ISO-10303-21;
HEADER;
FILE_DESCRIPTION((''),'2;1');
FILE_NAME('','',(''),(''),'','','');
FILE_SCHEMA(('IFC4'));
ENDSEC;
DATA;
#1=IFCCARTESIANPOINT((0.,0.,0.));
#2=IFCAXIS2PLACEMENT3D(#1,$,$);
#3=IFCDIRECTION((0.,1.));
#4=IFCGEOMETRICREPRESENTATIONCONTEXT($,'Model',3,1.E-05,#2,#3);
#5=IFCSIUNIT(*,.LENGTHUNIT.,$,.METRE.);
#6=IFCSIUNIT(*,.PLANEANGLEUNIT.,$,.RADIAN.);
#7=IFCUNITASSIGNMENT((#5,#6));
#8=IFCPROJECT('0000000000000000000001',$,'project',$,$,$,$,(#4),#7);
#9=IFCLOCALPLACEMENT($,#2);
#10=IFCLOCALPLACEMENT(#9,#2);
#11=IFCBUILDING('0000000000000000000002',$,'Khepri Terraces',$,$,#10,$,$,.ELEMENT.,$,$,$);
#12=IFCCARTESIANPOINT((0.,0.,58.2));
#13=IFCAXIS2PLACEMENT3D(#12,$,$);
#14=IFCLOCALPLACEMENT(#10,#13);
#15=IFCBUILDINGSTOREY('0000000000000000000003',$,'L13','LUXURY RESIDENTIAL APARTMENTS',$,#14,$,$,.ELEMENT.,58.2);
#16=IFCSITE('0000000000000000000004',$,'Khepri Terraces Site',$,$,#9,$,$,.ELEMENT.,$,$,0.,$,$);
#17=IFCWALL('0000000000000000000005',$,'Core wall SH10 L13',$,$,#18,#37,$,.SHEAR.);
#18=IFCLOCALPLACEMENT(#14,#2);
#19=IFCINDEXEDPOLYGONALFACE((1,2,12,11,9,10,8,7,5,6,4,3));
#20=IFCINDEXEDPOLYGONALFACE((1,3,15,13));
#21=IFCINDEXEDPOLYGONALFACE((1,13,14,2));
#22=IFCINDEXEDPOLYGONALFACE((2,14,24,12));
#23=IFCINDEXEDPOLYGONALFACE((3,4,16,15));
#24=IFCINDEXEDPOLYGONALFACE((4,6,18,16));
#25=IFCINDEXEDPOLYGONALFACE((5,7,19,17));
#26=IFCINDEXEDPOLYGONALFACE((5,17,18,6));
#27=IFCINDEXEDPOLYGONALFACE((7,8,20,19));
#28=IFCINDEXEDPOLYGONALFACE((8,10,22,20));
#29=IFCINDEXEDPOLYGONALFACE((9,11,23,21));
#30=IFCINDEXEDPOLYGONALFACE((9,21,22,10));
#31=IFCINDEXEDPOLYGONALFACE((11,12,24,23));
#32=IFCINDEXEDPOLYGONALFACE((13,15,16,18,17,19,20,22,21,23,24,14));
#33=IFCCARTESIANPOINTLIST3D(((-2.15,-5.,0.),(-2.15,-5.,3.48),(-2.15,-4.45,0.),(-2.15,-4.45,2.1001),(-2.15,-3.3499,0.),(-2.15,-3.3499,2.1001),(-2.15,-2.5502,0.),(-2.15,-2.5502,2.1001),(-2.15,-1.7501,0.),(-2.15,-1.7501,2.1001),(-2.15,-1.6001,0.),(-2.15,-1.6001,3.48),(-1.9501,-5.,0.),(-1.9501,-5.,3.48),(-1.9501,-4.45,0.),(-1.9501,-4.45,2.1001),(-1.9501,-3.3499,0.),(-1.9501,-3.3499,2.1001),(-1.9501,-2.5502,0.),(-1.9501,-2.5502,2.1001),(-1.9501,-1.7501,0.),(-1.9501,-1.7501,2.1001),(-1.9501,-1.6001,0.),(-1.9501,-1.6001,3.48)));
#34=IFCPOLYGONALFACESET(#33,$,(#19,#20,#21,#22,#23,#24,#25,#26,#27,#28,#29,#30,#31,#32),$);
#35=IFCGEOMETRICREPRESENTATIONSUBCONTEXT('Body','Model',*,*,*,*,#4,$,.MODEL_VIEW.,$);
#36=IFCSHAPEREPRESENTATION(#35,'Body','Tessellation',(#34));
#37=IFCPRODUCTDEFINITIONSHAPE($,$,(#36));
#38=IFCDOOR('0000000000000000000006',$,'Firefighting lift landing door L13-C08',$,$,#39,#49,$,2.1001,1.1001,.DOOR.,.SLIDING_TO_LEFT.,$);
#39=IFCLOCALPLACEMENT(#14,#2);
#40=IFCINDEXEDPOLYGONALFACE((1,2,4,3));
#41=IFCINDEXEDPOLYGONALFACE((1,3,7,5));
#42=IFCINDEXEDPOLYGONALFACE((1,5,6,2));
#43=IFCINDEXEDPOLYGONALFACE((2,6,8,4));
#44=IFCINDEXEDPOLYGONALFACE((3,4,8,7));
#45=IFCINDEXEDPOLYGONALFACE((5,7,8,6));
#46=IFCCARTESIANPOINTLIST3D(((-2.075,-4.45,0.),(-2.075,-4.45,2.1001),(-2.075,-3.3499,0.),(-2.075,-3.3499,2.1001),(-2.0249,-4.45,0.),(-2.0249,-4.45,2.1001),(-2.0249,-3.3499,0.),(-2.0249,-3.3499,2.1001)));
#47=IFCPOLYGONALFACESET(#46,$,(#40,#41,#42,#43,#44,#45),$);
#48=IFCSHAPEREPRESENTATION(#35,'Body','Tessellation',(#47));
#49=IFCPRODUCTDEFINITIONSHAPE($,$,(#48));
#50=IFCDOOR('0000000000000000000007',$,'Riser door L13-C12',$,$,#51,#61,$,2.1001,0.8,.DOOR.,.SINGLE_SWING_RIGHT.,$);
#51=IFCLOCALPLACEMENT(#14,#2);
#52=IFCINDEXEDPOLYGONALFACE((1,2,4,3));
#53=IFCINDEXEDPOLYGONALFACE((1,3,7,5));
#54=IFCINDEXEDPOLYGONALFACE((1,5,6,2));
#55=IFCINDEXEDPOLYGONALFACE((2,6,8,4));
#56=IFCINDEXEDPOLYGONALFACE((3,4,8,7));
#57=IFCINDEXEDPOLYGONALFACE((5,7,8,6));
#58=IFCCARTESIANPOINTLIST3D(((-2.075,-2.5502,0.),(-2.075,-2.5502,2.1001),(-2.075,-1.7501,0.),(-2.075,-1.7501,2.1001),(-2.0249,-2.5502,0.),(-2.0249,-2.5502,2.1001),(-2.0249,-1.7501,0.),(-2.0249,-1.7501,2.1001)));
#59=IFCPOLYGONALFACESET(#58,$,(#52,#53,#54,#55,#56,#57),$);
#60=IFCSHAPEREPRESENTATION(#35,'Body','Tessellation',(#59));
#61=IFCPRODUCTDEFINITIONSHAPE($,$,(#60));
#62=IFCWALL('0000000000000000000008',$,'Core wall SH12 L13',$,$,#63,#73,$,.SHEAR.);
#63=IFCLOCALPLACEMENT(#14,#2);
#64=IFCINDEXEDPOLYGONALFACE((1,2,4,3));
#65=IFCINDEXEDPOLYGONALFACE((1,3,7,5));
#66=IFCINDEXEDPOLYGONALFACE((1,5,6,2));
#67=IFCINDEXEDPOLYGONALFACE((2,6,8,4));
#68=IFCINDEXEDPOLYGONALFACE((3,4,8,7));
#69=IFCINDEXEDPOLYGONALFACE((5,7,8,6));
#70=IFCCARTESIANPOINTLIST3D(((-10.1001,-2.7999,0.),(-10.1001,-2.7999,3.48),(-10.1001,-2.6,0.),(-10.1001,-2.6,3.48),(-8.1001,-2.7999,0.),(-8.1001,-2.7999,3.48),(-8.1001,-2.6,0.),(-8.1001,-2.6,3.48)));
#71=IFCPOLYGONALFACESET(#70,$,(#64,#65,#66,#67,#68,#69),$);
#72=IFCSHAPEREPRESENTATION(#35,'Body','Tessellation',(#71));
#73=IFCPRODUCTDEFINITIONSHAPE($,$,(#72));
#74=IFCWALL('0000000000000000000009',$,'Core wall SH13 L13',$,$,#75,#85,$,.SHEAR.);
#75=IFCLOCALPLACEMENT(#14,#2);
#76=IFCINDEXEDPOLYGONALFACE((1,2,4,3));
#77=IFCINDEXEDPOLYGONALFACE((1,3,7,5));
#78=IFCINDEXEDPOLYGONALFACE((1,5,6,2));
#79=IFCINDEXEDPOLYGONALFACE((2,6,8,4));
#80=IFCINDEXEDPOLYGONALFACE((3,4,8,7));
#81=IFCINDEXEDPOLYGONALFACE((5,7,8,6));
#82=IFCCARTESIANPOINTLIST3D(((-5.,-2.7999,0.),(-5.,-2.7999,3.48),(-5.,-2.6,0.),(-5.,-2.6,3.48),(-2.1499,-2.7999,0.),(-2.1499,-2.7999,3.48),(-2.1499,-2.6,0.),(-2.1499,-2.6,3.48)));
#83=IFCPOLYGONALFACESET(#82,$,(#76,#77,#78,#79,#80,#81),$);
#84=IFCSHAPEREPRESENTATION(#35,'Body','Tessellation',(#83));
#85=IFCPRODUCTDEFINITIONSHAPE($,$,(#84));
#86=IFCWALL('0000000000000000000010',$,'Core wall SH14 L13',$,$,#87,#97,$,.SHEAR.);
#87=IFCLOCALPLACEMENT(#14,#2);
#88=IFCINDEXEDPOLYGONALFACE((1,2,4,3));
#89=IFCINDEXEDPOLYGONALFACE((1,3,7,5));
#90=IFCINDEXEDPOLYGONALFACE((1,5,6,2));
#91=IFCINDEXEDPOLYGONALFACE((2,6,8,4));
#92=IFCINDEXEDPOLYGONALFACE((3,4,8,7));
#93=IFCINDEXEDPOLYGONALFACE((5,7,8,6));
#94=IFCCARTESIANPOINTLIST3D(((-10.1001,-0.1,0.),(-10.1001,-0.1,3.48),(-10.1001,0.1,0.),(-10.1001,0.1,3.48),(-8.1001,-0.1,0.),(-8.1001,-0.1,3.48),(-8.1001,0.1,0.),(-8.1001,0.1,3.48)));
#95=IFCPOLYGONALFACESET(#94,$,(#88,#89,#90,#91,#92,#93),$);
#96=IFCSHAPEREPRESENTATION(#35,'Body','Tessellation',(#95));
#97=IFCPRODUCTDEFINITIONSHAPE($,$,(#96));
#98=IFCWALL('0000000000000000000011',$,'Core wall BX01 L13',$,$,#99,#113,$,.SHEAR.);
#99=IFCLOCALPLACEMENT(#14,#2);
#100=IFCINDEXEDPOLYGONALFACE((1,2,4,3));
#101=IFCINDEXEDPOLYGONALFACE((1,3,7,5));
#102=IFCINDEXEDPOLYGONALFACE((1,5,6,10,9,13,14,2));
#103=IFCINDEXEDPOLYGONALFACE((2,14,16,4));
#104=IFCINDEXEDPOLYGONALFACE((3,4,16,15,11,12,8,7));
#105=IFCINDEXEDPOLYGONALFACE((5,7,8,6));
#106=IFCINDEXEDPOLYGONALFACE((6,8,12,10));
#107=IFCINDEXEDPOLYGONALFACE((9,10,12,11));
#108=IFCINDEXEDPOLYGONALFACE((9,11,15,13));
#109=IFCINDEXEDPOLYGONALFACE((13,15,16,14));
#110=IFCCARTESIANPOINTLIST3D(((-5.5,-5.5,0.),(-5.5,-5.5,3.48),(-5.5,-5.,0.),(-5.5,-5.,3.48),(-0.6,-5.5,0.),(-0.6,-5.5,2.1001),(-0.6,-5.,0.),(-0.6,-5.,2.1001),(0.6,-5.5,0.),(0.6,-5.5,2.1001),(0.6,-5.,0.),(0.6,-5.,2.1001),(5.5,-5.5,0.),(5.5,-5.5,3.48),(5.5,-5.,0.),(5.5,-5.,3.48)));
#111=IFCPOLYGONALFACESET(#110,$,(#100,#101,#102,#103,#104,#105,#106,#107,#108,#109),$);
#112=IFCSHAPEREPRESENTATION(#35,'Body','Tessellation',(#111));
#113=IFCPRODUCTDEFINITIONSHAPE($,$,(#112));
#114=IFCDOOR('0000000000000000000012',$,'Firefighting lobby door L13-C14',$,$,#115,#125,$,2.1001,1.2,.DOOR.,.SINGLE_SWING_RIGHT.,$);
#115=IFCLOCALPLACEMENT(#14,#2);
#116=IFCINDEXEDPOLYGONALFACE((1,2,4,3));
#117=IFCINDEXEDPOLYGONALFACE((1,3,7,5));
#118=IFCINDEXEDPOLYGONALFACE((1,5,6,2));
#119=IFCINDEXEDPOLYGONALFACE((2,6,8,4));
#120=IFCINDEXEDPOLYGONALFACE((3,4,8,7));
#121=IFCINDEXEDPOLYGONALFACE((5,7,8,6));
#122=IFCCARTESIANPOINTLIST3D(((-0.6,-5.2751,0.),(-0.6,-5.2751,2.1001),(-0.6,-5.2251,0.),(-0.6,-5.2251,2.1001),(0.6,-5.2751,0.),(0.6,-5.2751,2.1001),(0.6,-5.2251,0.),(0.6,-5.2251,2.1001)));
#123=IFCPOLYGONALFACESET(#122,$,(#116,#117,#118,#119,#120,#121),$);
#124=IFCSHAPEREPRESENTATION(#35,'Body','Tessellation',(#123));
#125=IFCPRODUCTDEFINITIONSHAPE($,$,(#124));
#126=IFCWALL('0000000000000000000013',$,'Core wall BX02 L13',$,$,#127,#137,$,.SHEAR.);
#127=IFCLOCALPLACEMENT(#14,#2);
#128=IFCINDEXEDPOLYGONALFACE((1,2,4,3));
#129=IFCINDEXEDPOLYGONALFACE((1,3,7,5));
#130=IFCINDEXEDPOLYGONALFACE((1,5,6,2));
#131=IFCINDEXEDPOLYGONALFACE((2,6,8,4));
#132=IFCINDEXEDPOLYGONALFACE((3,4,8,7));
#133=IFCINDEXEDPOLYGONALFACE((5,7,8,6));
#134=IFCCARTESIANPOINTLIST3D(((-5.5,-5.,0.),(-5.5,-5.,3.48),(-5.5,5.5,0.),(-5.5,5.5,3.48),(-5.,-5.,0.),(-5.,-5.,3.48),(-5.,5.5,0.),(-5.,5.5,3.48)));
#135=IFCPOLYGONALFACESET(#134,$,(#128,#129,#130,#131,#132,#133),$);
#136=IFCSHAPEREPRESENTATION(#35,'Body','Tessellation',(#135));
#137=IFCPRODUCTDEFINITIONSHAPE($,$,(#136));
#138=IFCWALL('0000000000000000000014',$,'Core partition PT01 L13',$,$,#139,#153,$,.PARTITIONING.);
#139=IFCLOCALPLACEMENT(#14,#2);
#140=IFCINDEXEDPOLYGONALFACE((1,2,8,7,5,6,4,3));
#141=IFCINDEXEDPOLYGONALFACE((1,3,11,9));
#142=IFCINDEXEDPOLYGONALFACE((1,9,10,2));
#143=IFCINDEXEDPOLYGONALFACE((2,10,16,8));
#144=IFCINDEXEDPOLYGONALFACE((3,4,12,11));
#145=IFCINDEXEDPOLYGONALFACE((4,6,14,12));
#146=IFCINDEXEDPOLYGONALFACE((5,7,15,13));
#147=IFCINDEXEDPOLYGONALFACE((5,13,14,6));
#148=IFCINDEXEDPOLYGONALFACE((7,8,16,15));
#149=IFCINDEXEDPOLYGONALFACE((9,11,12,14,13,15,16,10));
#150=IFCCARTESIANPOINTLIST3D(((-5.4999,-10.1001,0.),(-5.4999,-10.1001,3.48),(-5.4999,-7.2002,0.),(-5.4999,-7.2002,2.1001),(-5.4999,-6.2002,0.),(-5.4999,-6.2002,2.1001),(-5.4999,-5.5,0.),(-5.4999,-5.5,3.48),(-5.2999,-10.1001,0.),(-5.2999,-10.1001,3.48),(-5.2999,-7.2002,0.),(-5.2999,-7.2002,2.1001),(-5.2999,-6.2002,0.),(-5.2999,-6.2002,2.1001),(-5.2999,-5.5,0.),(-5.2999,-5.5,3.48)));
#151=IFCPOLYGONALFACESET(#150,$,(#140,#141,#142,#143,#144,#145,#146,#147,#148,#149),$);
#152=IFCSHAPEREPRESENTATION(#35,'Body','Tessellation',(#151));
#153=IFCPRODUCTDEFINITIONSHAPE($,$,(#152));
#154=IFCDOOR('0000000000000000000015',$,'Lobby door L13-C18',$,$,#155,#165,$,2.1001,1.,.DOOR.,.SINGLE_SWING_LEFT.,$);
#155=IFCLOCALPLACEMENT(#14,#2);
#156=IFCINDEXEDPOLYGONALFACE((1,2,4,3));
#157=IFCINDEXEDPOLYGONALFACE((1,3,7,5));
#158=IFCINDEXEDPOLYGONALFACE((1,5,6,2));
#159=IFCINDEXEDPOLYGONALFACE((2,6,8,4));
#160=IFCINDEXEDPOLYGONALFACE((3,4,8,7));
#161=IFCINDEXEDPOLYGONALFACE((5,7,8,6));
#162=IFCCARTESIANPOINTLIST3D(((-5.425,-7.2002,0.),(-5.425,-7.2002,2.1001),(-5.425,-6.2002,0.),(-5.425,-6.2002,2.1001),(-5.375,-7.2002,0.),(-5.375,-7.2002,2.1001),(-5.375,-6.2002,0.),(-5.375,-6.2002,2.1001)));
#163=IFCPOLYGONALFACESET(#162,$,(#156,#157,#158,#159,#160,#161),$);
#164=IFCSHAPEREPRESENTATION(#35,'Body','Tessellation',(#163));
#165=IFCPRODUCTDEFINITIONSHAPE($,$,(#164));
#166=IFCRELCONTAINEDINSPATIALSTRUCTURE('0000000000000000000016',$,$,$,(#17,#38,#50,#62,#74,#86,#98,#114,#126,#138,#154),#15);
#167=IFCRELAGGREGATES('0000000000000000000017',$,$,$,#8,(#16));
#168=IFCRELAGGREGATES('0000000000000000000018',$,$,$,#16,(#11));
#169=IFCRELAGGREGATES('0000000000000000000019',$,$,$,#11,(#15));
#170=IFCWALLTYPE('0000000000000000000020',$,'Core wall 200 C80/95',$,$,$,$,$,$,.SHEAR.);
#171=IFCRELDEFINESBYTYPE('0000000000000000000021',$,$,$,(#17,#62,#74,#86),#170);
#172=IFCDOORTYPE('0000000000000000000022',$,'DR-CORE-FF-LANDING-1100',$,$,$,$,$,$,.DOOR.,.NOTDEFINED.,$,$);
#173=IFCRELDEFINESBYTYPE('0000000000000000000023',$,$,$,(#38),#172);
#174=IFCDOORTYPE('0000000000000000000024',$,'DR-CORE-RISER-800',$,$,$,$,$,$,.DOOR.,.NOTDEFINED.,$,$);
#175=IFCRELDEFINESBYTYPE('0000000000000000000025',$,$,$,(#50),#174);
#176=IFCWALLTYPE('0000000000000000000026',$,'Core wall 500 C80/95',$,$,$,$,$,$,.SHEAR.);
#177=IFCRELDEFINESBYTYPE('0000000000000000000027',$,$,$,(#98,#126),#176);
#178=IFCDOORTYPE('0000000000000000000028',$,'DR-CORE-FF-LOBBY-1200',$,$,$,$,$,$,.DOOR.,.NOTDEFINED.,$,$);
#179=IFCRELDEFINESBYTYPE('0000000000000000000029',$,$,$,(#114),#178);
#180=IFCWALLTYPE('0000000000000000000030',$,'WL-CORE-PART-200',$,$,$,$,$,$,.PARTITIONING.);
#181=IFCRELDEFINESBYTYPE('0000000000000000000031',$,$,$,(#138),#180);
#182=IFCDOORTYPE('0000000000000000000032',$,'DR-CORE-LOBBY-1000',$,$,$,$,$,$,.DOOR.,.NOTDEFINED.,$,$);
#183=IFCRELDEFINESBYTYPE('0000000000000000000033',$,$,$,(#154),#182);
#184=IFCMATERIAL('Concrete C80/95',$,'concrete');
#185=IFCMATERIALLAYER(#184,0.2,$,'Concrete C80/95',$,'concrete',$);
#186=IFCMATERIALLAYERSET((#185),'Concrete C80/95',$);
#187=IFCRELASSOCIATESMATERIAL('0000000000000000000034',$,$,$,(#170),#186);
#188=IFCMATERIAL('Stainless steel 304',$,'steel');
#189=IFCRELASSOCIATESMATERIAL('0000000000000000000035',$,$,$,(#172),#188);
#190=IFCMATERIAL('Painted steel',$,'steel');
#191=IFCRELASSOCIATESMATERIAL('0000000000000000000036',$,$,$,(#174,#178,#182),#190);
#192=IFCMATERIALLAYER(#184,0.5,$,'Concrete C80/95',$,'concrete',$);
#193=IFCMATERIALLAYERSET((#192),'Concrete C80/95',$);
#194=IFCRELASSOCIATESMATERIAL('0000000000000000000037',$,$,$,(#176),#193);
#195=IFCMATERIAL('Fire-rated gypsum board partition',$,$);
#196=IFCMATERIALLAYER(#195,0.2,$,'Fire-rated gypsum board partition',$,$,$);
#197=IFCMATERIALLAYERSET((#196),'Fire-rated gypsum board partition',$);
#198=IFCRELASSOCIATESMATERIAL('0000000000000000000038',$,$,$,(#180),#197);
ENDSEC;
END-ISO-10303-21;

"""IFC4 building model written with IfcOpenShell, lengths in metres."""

from ifc_helpers import new_model, si_unit, direction, frame, frame_2d, origin, place, context, subcontext, project, spatial, rectangle, extrude, material, layer, layer_set, type_object, element, fill, save


model = new_model("IFC4")

# Units and contexts
model_context = context("Model", 3, precision=1e-05, world=origin(), true_north=direction((0.0, 1.0)))
body_context = subcontext(model_context, "Body", "Model", "MODEL_VIEW")
ifc_project = project(units=[si_unit("LENGTHUNIT", "METRE"), si_unit("PLANEANGLEUNIT", "RADIAN")], contexts=[model_context])

# Site, building, storey
site_placement = place(None, origin())
site = spatial("IfcSite", under=ifc_project, at=site_placement, Name="Khepri Terraces Site", CompositionType="ELEMENT", RefElevation=0.0)
building_placement = place(site_placement, origin())
building = spatial("IfcBuilding", under=site, at=building_placement, Name="Khepri Terraces", CompositionType="ELEMENT")
storey_placement = place(building_placement, frame((0.0, 0.0, 58.2)))
storey = spatial("IfcBuildingStorey", under=building, at=storey_placement, Name="L13", Description="LUXURY RESIDENTIAL APARTMENTS", CompositionType="ELEMENT", Elevation=58.2)

# Shared definitions
ifc_material_1 = material(Name="Concrete C80/95", Category="concrete")
ifc_layer_1 = layer(ifc_material_1, 0.2, Name="Concrete C80/95", Category="concrete")
ifc_layer_set_1 = layer_set([ifc_layer_1], Name="Concrete C80/95")
wall_type_1 = type_object("IfcWallType", Name="Core wall 200 C80/95", PredefinedType="SHEAR", material=ifc_layer_set_1)

# Shared definitions
ifc_material_2 = material(Name="Painted steel", Category="steel")

# Shared definitions
ifc_material_3 = material(Name="Stainless steel 304", Category="steel")

# Wall, openings, doors
wall_1_placement = place(storey_placement, frame((-2.05, -5.0, 0.0), z_axis=(0.0, 0.0, 1.0), x_axis=(0.0, 1.0, 0.0)))
wall_1 = element("IfcWall", 1, at=wall_1_placement, inside=storey, type_object=wall_type_1, Name="Core wall SH10 L13", PredefinedType="SHEAR", context=body_context, shape_type="SweptSolid", body=[
    extrude(rectangle(XDim=3.3999, YDim=0.2, at=frame_2d((1.7, 0.0))), origin(), (0.0, 0.0, 1.0), 3.48),
])
opening_1_placement = place(wall_1_placement, frame((0.55, 0.0, 0.0)))
opening_1 = element("IfcOpeningElement", 2, at=opening_1_placement, cuts=wall_1, PredefinedType="OPENING", context=body_context, shape_type="SweptSolid", body=[
    extrude(rectangle(XDim=1.1001, YDim=2.1001, at=frame_2d((0.55, 1.05))), frame((0.0, 0.1099, 0.0), z_axis=(0.0, -1.0, 0.0), x_axis=(1.0, 0.0, 0.0)), (0.0, 0.0, 1.0), 0.22),
])
opening_2_placement = place(wall_1_placement, frame((2.45, 0.0, 0.0)))
opening_2 = element("IfcOpeningElement", 3, at=opening_2_placement, cuts=wall_1, PredefinedType="OPENING", context=body_context, shape_type="SweptSolid", body=[
    extrude(rectangle(XDim=0.8, YDim=2.1001, at=frame_2d((0.3999, 1.05))), frame((0.0, 0.1099, 0.0), z_axis=(0.0, -1.0, 0.0), x_axis=(1.0, 0.0, 0.0)), (0.0, 0.0, 1.0), 0.22),
])
door_type_1 = type_object("IfcDoorType", Name="DR-CORE-FF-LANDING-1100", OperationType="NOTDEFINED", PredefinedType="DOOR", material=ifc_material_3)
door_1_placement = place(opening_1_placement, origin())
door_1 = element("IfcDoor", 4, at=door_1_placement, inside=storey, type_object=door_type_1, Name="Firefighting lift landing door L13-C08", OperationType="SLIDING_TO_LEFT", OverallHeight=2.1001, OverallWidth=1.1001, PredefinedType="DOOR", context=body_context, shape_type="SweptSolid", body=[
    extrude(rectangle(XDim=1.1001, YDim=2.1001, at=frame_2d((0.55, 1.05))), frame((0.0, 0.0249, 0.0), z_axis=(0.0, -1.0, 0.0), x_axis=(1.0, 0.0, 0.0)), (0.0, 0.0, 1.0), 0.05),
])
fill(opening_1, door_1)
door_type_2 = type_object("IfcDoorType", Name="DR-CORE-RISER-800", OperationType="NOTDEFINED", PredefinedType="DOOR", material=ifc_material_2)
door_2_placement = place(opening_2_placement, origin())
door_2 = element("IfcDoor", 5, at=door_2_placement, inside=storey, type_object=door_type_2, Name="Riser door L13-C12", OperationType="SINGLE_SWING_RIGHT", OverallHeight=2.1001, OverallWidth=0.8, PredefinedType="DOOR", context=body_context, shape_type="SweptSolid", body=[
    extrude(rectangle(XDim=0.8, YDim=2.1001, at=frame_2d((0.3999, 1.05))), frame((0.0, 0.0249, 0.0), z_axis=(0.0, -1.0, 0.0), x_axis=(1.0, 0.0, 0.0)), (0.0, 0.0, 1.0), 0.05),
])
fill(opening_2, door_2)

# Walls
wall_2_placement = place(storey_placement, frame((-10.1001, -2.7, 0.0), z_axis=(0.0, 0.0, 1.0), x_axis=(1.0, 0.0, 0.0)))
element("IfcWall", 6, at=wall_2_placement, inside=storey, type_object=wall_type_1, Name="Core wall SH12 L13", PredefinedType="SHEAR", context=body_context, shape_type="SweptSolid", body=[
    extrude(rectangle(XDim=2.0, YDim=0.2, at=frame_2d((1.0, 0.0))), origin(), (0.0, 0.0, 1.0), 3.48),
])
wall_3_placement = place(storey_placement, frame((-5.0, -2.7, 0.0), z_axis=(0.0, 0.0, 1.0), x_axis=(1.0, 0.0, 0.0)))
element("IfcWall", 7, at=wall_3_placement, inside=storey, type_object=wall_type_1, Name="Core wall SH13 L13", PredefinedType="SHEAR", context=body_context, shape_type="SweptSolid", body=[
    extrude(rectangle(XDim=2.8501, YDim=0.2, at=frame_2d((1.425, 0.0))), origin(), (0.0, 0.0, 1.0), 3.48),
])
wall_4_placement = place(storey_placement, frame((-10.1001, 0.0, 0.0), z_axis=(0.0, 0.0, 1.0), x_axis=(1.0, 0.0, 0.0)))
element("IfcWall", 8, at=wall_4_placement, inside=storey, type_object=wall_type_1, Name="Core wall SH14 L13", PredefinedType="SHEAR", context=body_context, shape_type="SweptSolid", body=[
    extrude(rectangle(XDim=2.0, YDim=0.2, at=frame_2d((1.0, 0.0))), origin(), (0.0, 0.0, 1.0), 3.48),
])

# Wall, opening, door
ifc_layer_2 = layer(ifc_material_1, 0.5, Name="Concrete C80/95", Category="concrete")
ifc_layer_set_2 = layer_set([ifc_layer_2], Name="Concrete C80/95")
wall_type_2 = type_object("IfcWallType", Name="Core wall 500 C80/95", PredefinedType="SHEAR", material=ifc_layer_set_2)
wall_5_placement = place(storey_placement, frame((-5.5, -5.25, 0.0), z_axis=(0.0, 0.0, 1.0), x_axis=(1.0, 0.0, 0.0)))
wall_5 = element("IfcWall", 9, at=wall_5_placement, inside=storey, type_object=wall_type_2, Name="Core wall BX01 L13", PredefinedType="SHEAR", context=body_context, shape_type="SweptSolid", body=[
    extrude(rectangle(XDim=11.0, YDim=0.5, at=frame_2d((5.5, 0.0))), origin(), (0.0, 0.0, 1.0), 3.48),
])
opening_3_placement = place(wall_5_placement, frame((4.8999, 0.0, 0.0)))
opening_3 = element("IfcOpeningElement", 10, at=opening_3_placement, cuts=wall_5, PredefinedType="OPENING", context=body_context, shape_type="SweptSolid", body=[
    extrude(rectangle(XDim=1.2, YDim=2.1001, at=frame_2d((0.6001, 1.05))), frame((0.0, 0.26, 0.0), z_axis=(0.0, -1.0, 0.0), x_axis=(1.0, 0.0, 0.0)), (0.0, 0.0, 1.0), 0.52),
])
door_type_3 = type_object("IfcDoorType", Name="DR-CORE-FF-LOBBY-1200", OperationType="NOTDEFINED", PredefinedType="DOOR", material=ifc_material_2)
door_3_placement = place(opening_3_placement, origin())
door_3 = element("IfcDoor", 11, at=door_3_placement, inside=storey, type_object=door_type_3, Name="Firefighting lobby door L13-C14", OperationType="SINGLE_SWING_RIGHT", OverallHeight=2.1001, OverallWidth=1.2, PredefinedType="DOOR", context=body_context, shape_type="SweptSolid", body=[
    extrude(rectangle(XDim=1.2, YDim=2.1001, at=frame_2d((0.6001, 1.05))), frame((0.0, 0.0249, 0.0), z_axis=(0.0, -1.0, 0.0), x_axis=(1.0, 0.0, 0.0)), (0.0, 0.0, 1.0), 0.05),
])
fill(opening_3, door_3)

# Wall
wall_6_placement = place(storey_placement, frame((-5.25, -5.0, 0.0), z_axis=(0.0, 0.0, 1.0), x_axis=(0.0, 1.0, 0.0)))
element("IfcWall", 12, at=wall_6_placement, inside=storey, type_object=wall_type_2, Name="Core wall BX02 L13", PredefinedType="SHEAR", context=body_context, shape_type="SweptSolid", body=[
    extrude(rectangle(XDim=10.5, YDim=0.5, at=frame_2d((5.25, 0.0))), origin(), (0.0, 0.0, 1.0), 3.48),
])

# Wall, opening, door
ifc_material_4 = material(Name="Fire-rated gypsum board partition")
ifc_layer_3 = layer(ifc_material_4, 0.2, Name="Fire-rated gypsum board partition")
ifc_layer_set_3 = layer_set([ifc_layer_3], Name="Fire-rated gypsum board partition")
wall_type_3 = type_object("IfcWallType", Name="WL-CORE-PART-200", PredefinedType="PARTITIONING", material=ifc_layer_set_3)
wall_7_placement = place(storey_placement, frame((-5.3999, -10.1001, 0.0), z_axis=(0.0, 0.0, 1.0), x_axis=(0.0, 1.0, 0.0)))
wall_7 = element("IfcWall", 13, at=wall_7_placement, inside=storey, type_object=wall_type_3, Name="Core partition PT01 L13", PredefinedType="PARTITIONING", context=body_context, shape_type="SweptSolid", body=[
    extrude(rectangle(XDim=4.6001, YDim=0.2, at=frame_2d((2.3, 0.0))), origin(), (0.0, 0.0, 1.0), 3.48),
])
opening_4_placement = place(wall_7_placement, frame((2.8999, 0.0, 0.0)))
opening_4 = element("IfcOpeningElement", 14, at=opening_4_placement, cuts=wall_7, PredefinedType="OPENING", context=body_context, shape_type="SweptSolid", body=[
    extrude(rectangle(XDim=1.0, YDim=2.1001, at=frame_2d((0.5, 1.05))), frame((0.0, 0.1099, 0.0), z_axis=(0.0, -1.0, 0.0), x_axis=(1.0, 0.0, 0.0)), (0.0, 0.0, 1.0), 0.22),
])
door_type_4 = type_object("IfcDoorType", Name="DR-CORE-LOBBY-1000", OperationType="NOTDEFINED", PredefinedType="DOOR", material=ifc_material_2)
door_4_placement = place(opening_4_placement, frame((1.0, 0.0, 0.0), z_axis=(0.0, 0.0, 1.0), x_axis=(-1.0, 0.0, 0.0)))
door_4 = element("IfcDoor", 15, at=door_4_placement, inside=storey, type_object=door_type_4, Name="Lobby door L13-C18", OperationType="SINGLE_SWING_LEFT", OverallHeight=2.1001, OverallWidth=1.0, PredefinedType="DOOR", context=body_context, shape_type="SweptSolid", body=[
    extrude(rectangle(XDim=1.0, YDim=2.1001, at=frame_2d((0.5, 1.05))), frame((0.0, 0.0249, 0.0), z_axis=(0.0, -1.0, 0.0), x_axis=(1.0, 0.0, 0.0)), (0.0, 0.0, 1.0), 0.05),
])
fill(opening_4, door_4)

save(model, "model.ifc")
